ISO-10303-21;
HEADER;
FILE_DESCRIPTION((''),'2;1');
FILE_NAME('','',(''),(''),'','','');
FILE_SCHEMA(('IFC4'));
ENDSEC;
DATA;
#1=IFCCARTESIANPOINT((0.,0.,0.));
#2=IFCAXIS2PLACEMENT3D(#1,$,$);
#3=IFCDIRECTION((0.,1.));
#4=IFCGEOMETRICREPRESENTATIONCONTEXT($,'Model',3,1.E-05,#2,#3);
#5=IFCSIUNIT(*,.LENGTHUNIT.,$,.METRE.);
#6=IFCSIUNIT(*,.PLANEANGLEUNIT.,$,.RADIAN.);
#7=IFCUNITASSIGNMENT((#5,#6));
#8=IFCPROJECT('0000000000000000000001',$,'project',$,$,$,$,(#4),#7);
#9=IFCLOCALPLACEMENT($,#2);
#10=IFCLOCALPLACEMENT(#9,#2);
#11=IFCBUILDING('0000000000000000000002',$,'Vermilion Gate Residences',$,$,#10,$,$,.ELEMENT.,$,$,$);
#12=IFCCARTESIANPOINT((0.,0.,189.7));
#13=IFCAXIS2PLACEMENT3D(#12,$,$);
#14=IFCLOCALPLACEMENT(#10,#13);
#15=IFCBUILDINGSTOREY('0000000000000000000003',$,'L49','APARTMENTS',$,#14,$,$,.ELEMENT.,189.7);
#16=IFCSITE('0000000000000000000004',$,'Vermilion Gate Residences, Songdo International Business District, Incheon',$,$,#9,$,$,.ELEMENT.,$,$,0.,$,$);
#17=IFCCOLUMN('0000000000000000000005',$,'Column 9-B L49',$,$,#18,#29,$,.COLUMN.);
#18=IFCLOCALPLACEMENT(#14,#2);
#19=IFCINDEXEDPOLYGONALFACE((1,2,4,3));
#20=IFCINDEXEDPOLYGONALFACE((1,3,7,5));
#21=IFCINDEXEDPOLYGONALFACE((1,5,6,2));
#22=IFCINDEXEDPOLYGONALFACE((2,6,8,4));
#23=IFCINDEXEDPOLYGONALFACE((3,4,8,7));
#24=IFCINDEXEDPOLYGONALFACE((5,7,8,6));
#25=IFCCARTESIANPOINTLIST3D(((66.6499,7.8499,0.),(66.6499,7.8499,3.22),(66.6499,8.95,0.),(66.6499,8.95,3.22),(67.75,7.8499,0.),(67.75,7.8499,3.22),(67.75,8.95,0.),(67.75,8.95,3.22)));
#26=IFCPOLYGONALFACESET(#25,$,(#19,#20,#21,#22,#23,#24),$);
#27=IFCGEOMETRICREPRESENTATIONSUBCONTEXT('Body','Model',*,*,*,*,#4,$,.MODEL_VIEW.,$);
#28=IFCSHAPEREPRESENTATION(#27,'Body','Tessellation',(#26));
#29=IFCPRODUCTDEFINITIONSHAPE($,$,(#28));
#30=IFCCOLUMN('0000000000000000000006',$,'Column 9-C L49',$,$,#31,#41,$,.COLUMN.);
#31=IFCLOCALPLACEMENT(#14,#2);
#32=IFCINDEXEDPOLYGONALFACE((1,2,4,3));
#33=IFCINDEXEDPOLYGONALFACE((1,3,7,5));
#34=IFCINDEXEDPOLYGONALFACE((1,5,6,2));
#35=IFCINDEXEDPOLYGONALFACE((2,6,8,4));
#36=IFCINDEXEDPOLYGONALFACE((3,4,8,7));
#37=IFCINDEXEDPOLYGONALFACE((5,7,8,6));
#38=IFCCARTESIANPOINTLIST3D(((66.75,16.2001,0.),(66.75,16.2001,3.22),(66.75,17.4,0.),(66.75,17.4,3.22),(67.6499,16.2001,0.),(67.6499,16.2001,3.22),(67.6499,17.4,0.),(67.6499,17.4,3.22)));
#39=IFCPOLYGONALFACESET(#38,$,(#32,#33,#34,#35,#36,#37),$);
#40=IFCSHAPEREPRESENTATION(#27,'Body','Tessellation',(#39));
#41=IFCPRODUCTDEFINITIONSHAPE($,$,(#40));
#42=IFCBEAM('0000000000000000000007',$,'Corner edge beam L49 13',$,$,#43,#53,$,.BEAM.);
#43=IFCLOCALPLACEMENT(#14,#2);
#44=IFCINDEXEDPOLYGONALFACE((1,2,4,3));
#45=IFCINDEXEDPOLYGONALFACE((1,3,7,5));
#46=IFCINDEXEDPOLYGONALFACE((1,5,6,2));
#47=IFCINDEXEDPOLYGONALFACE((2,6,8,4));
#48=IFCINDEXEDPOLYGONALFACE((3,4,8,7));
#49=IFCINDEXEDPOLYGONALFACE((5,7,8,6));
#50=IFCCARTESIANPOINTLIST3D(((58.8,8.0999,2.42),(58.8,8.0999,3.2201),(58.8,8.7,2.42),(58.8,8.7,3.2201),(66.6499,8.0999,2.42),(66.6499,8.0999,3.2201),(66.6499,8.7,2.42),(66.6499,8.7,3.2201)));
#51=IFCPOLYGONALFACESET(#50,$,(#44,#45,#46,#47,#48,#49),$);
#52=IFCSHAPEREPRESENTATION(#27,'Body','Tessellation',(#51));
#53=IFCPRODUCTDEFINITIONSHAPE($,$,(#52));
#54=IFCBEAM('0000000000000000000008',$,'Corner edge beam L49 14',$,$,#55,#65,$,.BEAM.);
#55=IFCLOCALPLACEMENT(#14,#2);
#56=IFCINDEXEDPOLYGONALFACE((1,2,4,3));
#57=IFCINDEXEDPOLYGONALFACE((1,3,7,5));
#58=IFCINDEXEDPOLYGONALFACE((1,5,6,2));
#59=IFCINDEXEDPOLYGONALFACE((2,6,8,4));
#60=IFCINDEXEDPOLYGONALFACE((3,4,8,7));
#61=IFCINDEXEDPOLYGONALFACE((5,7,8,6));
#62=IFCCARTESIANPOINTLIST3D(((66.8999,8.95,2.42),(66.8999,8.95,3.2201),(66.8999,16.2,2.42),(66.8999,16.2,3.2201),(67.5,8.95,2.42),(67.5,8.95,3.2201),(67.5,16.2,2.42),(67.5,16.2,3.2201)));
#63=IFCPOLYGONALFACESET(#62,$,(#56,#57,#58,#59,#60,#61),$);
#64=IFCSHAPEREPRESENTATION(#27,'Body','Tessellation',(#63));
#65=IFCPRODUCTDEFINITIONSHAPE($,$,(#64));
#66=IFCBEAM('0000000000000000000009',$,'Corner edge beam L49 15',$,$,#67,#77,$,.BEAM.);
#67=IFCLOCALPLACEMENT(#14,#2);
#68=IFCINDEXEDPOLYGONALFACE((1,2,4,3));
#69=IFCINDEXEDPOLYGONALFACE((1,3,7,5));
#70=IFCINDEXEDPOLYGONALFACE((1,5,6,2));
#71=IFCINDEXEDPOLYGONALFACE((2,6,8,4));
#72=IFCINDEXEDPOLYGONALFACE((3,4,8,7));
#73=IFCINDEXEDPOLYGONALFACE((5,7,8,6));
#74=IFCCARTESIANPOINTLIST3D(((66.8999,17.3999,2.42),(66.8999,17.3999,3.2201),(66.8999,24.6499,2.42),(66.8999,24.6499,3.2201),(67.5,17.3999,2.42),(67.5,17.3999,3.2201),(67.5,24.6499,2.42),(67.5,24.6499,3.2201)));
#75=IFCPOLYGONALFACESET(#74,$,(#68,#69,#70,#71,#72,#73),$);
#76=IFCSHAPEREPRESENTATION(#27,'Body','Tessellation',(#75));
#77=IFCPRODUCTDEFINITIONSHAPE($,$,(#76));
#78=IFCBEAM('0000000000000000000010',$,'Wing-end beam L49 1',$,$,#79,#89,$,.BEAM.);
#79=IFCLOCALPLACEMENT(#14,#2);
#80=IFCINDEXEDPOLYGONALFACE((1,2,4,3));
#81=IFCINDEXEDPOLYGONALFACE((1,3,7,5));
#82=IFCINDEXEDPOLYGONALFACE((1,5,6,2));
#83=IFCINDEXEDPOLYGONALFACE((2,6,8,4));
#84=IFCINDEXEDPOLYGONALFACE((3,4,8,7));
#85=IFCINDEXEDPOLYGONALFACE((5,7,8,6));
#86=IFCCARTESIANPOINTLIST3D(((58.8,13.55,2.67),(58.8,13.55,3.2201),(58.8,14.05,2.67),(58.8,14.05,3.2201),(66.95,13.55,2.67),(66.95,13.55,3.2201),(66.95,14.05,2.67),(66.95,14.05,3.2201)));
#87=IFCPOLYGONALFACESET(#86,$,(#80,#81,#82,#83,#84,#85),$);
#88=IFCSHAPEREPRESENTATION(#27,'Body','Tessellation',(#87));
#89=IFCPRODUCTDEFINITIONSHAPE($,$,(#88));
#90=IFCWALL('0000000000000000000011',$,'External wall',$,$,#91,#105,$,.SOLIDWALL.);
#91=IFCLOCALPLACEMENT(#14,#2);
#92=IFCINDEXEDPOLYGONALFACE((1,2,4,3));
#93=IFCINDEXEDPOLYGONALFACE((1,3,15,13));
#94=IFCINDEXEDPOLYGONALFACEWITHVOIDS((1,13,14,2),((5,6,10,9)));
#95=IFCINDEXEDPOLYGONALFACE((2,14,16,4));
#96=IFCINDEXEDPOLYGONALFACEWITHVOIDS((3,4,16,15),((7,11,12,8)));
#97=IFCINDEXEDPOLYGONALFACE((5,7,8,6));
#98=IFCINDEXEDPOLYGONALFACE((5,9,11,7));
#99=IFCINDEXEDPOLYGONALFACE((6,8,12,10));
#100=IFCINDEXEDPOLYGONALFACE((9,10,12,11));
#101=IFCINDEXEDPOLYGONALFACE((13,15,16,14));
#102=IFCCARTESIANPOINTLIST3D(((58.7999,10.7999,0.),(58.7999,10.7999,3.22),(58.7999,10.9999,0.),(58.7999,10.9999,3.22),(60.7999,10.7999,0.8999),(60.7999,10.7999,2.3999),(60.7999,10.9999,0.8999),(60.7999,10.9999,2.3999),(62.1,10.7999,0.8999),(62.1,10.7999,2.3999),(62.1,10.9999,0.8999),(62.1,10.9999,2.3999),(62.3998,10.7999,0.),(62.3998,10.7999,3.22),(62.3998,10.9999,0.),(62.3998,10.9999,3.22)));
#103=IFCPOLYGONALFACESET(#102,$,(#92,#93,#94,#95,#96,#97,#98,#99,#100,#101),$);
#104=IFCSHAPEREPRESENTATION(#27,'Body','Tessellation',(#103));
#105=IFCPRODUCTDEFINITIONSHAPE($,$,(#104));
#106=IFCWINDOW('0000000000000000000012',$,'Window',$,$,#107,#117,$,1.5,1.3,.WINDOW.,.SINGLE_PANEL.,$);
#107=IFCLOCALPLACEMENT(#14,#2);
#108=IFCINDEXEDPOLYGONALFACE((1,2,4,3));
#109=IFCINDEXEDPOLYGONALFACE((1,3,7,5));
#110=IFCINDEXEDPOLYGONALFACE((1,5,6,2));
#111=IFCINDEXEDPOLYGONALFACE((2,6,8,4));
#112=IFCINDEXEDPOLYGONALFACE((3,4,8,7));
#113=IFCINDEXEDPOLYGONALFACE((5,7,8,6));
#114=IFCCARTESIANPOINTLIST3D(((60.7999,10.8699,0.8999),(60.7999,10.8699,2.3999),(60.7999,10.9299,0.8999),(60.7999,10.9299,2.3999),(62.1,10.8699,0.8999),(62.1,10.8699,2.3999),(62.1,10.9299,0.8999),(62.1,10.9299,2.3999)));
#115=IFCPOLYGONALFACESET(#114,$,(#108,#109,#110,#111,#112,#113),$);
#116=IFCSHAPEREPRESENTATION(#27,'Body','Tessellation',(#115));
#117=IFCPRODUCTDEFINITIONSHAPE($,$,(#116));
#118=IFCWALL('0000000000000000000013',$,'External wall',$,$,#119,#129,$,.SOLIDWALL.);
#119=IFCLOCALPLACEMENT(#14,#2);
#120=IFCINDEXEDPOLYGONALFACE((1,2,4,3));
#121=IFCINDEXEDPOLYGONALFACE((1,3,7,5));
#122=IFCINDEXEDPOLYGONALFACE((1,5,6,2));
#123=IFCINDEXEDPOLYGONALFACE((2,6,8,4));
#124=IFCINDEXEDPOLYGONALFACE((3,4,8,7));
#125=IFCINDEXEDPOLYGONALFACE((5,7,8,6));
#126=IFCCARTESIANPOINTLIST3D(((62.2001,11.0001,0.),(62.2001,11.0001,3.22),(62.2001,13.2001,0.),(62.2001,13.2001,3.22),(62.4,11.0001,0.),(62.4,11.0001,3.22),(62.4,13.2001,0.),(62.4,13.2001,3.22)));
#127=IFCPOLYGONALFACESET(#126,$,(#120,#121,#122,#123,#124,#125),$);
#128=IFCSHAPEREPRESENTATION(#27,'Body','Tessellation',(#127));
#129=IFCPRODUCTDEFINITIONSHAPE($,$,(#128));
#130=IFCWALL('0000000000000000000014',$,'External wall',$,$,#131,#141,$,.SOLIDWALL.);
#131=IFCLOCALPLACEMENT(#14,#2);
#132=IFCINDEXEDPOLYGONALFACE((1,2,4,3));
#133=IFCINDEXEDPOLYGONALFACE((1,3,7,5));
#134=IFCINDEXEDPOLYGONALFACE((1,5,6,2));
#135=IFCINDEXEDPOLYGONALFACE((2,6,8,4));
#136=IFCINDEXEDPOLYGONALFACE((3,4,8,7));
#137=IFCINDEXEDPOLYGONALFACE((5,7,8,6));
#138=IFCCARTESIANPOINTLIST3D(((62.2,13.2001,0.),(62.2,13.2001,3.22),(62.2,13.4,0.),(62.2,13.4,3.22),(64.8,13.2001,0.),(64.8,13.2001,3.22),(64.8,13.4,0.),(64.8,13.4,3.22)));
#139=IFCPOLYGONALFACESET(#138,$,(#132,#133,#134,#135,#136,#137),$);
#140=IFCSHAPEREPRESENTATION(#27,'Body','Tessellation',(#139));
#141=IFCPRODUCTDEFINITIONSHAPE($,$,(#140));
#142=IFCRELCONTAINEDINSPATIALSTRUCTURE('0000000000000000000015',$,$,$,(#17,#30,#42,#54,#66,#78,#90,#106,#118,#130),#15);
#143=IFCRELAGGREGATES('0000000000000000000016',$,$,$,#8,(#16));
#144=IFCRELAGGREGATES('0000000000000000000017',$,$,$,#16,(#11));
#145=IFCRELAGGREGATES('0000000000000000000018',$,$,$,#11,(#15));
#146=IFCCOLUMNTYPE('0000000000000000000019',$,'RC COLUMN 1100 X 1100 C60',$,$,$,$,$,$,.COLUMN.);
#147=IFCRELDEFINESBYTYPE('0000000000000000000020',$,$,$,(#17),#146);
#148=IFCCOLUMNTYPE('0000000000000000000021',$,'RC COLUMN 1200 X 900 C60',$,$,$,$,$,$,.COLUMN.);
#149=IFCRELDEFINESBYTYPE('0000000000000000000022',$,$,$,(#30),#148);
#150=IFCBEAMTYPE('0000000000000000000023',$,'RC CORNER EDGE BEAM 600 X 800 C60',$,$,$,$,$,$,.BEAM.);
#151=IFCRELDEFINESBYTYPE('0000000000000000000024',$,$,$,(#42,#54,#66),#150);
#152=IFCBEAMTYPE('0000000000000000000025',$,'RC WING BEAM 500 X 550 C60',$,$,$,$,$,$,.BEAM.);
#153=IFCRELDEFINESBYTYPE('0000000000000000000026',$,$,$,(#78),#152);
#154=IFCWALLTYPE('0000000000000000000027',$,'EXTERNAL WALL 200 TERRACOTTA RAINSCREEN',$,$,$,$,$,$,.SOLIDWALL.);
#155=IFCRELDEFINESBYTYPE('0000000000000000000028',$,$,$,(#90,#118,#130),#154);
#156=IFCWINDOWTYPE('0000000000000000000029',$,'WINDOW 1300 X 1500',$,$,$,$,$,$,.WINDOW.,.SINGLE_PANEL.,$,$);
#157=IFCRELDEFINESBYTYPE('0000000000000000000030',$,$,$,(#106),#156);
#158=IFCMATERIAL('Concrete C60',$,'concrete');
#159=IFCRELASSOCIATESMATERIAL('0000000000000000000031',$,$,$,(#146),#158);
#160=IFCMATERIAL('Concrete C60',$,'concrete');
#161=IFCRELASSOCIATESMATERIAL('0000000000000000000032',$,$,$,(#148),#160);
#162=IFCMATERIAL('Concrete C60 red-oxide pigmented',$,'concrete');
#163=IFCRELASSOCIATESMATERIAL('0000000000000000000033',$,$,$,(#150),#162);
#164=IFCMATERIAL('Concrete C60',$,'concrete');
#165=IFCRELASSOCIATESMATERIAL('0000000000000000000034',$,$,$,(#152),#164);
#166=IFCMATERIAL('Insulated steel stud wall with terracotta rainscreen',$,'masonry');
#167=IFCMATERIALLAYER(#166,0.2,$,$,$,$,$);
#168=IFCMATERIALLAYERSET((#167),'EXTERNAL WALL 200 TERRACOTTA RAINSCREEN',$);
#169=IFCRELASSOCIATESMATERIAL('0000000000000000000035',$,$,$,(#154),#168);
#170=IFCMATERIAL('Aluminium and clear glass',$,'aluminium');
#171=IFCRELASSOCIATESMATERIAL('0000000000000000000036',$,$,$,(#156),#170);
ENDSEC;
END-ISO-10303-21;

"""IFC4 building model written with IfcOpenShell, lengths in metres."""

from ifc_helpers import new_model, si_unit, direction, frame, frame_2d, origin, origin_2d, place, context, subcontext, project, spatial, rectangle, extrude, material, layer, layer_set, material_profile, profile_set, type_object, element, fill, save


model = new_model("IFC4")

# Units and contexts
model_context = context("Model", 3, precision=1e-05, world=origin(), true_north=direction((0.0, 1.0)))
body_context = subcontext(model_context, "Body", "Model", "MODEL_VIEW")
ifc_project = project(units=[si_unit("LENGTHUNIT", "METRE"), si_unit("PLANEANGLEUNIT", "RADIAN")], contexts=[model_context])

# Site, building, storey
site_placement = place(None, origin())
site = spatial("IfcSite", under=ifc_project, at=site_placement, Name="Vermilion Gate Residences, Songdo International Business District, Incheon", CompositionType="ELEMENT", RefElevation=0.0)
building_placement = place(site_placement, origin())
building = spatial("IfcBuilding", under=site, at=building_placement, Name="Vermilion Gate Residences", CompositionType="ELEMENT")
storey_placement = place(building_placement, frame((0.0, 0.0, 189.7)))
storey = spatial("IfcBuildingStorey", under=building, at=storey_placement, Name="L49", Description="APARTMENTS", CompositionType="ELEMENT", Elevation=189.7)

# Columns
ifc_material_1 = material(Name="Concrete C60", Category="concrete")
ifc_material_profile_1 = material_profile(ifc_material_1, rectangle(XDim=1.1001, YDim=1.1001, at=origin_2d()), Name="RC-1100x1100")
ifc_profile_set_1 = profile_set([ifc_material_profile_1], Name="Concrete C60")
column_type_1 = type_object("IfcColumnType", Name="RC COLUMN 1100 X 1100 C60", PredefinedType="COLUMN", material=ifc_profile_set_1)
column_1_placement = place(storey_placement, frame((67.2, 8.3999, 0.0), z_axis=(0.0, 0.0, 1.0), x_axis=(1.0, 0.0, 0.0)))
element("IfcColumn", 1, at=column_1_placement, inside=storey, type_object=column_type_1, Name="Column 9-B L49", PredefinedType="COLUMN", context=body_context, shape_type="SweptSolid", body=[
    extrude(rectangle(XDim=1.1001, YDim=1.1001, at=origin_2d()), origin(), (0.0, 0.0, 1.0), 3.22),
])
ifc_material_2 = material(Name="Concrete C60", Category="concrete")
ifc_material_profile_2 = material_profile(ifc_material_2, rectangle(XDim=1.2, YDim=0.8999, at=origin_2d()), Name="RC-1200x900")
ifc_profile_set_2 = profile_set([ifc_material_profile_2], Name="Concrete C60")
column_type_2 = type_object("IfcColumnType", Name="RC COLUMN 1200 X 900 C60", PredefinedType="COLUMN", material=ifc_profile_set_2)
column_2_placement = place(storey_placement, frame((67.2, 16.8, 0.0), z_axis=(0.0, 0.0, 1.0), x_axis=(0.0, 1.0, 0.0)))
element("IfcColumn", 2, at=column_2_placement, inside=storey, type_object=column_type_2, Name="Column 9-C L49", PredefinedType="COLUMN", context=body_context, shape_type="SweptSolid", body=[
    extrude(rectangle(XDim=1.2, YDim=0.8999, at=origin_2d()), origin(), (0.0, 0.0, 1.0), 3.22),
])

# Beams
ifc_material_3 = material(Name="Concrete C60 red-oxide pigmented", Category="concrete")
ifc_material_profile_3 = material_profile(ifc_material_3, rectangle(XDim=0.6001, YDim=0.8, at=origin_2d()), Name="RC-600x800")
ifc_profile_set_3 = profile_set([ifc_material_profile_3], Name="Concrete C60 red-oxide pigmented")
beam_type_1 = type_object("IfcBeamType", Name="RC CORNER EDGE BEAM 600 X 800 C60", PredefinedType="BEAM", material=ifc_profile_set_3)
beam_1_placement = place(storey_placement, frame((58.8, 8.3999, 2.8201), z_axis=(1.0, 0.0, 0.0), x_axis=(0.0, 1.0, 0.0)))
element("IfcBeam", 3, at=beam_1_placement, inside=storey, type_object=beam_type_1, Name="Corner edge beam L49 13", PredefinedType="BEAM", context=body_context, shape_type="SweptSolid", body=[
    extrude(rectangle(XDim=0.6001, YDim=0.8, at=origin_2d()), origin(), (0.0, 0.0, 1.0), 7.8499),
])
for number, where, z_axis, x_axis, name in (
    (4, (67.2, 8.95, 2.8201), (0.0, 1.0, 0.0), (-1.0, 0.0, 0.0), "Corner edge beam L49 14"),
    (5, (67.2, 17.3999, 2.8201), (0.0, 1.0, 0.0), (-1.0, 0.0, 0.0), "Corner edge beam L49 15"),
):
    element("IfcBeam", number, at=place(storey_placement, frame(where, z_axis=z_axis, x_axis=x_axis)), inside=storey, type_object=beam_type_1, Name=name, PredefinedType="BEAM", context=body_context, shape_type="SweptSolid", body=[
        extrude(rectangle(XDim=0.6001, YDim=0.8, at=origin_2d()), origin(), (0.0, 0.0, 1.0), 7.25),
    ])
ifc_material_4 = material(Name="Concrete C60", Category="concrete")
ifc_material_profile_4 = material_profile(ifc_material_4, rectangle(XDim=0.5, YDim=0.55, at=origin_2d()), Name="RC-500x550")
ifc_profile_set_4 = profile_set([ifc_material_profile_4], Name="Concrete C60")
beam_type_2 = type_object("IfcBeamType", Name="RC WING BEAM 500 X 550 C60", PredefinedType="BEAM", material=ifc_profile_set_4)
beam_2_placement = place(storey_placement, frame((58.8, 13.8, 2.9451), z_axis=(1.0, 0.0, 0.0), x_axis=(0.0, 1.0, 0.0)))
element("IfcBeam", 6, at=beam_2_placement, inside=storey, type_object=beam_type_2, Name="Wing-end beam L49 1", PredefinedType="BEAM", context=body_context, shape_type="SweptSolid", body=[
    extrude(rectangle(XDim=0.5, YDim=0.55, at=origin_2d()), origin(), (0.0, 0.0, 1.0), 8.1499),
])

# Wall, opening, window
ifc_material_5 = material(Name="Insulated steel stud wall with terracotta rainscreen", Category="masonry")
ifc_layer_1 = layer(ifc_material_5, 0.2)
ifc_layer_set_1 = layer_set([ifc_layer_1], Name="EXTERNAL WALL 200 TERRACOTTA RAINSCREEN")
wall_type_1 = type_object("IfcWallType", Name="EXTERNAL WALL 200 TERRACOTTA RAINSCREEN", PredefinedType="SOLIDWALL", material=ifc_layer_set_1)
wall_1_placement = place(storey_placement, frame((58.8, 10.8999, 0.0), z_axis=(0.0, 0.0, 1.0), x_axis=(1.0, 0.0, 0.0)))
wall_1 = element("IfcWall", 7, at=wall_1_placement, inside=storey, type_object=wall_type_1, Name="External wall", PredefinedType="SOLIDWALL", context=body_context, shape_type="SweptSolid", body=[
    extrude(rectangle(XDim=3.5999, YDim=0.2, at=frame_2d((1.7998, 0.0))), origin(), (0.0, 0.0, 1.0), 3.22),
])
opening_1_placement = place(wall_1_placement, frame((2.0, 0.0, 0.8999)))
opening_1 = element("IfcOpeningElement", 8, at=opening_1_placement, cuts=wall_1, PredefinedType="OPENING", context=body_context, shape_type="SweptSolid", body=[
    extrude(rectangle(XDim=1.3, YDim=1.5, at=frame_2d((0.6499, 0.75))), frame((0.0, 0.1099, 0.0), z_axis=(0.0, -1.0, 0.0), x_axis=(1.0, 0.0, 0.0)), (0.0, 0.0, 1.0), 0.22),
])
ifc_material_6 = material(Name="Aluminium and clear glass", Category="aluminium")
window_type_1 = type_object("IfcWindowType", Name="WINDOW 1300 X 1500", PartitioningType="SINGLE_PANEL", PredefinedType="WINDOW", material=ifc_material_6)
window_1_placement = place(opening_1_placement, origin())
window_1 = element("IfcWindow", 9, at=window_1_placement, inside=storey, type_object=window_type_1, Name="Window", OverallHeight=1.5, OverallWidth=1.3, PartitioningType="SINGLE_PANEL", PredefinedType="WINDOW", context=body_context, shape_type="SweptSolid", body=[
    extrude(rectangle(XDim=1.3, YDim=1.5, at=frame_2d((0.6499, 0.75))), frame((0.0, 0.03, 0.0), z_axis=(0.0, -1.0, 0.0), x_axis=(1.0, 0.0, 0.0)), (0.0, 0.0, 1.0), 0.0601),
])
fill(opening_1, window_1)

# Walls
wall_2_placement = place(storey_placement, frame((62.3, 11.0, 0.0), z_axis=(0.0, 0.0, 1.0), x_axis=(0.0, 1.0, 0.0)))
element("IfcWall", 10, at=wall_2_placement, inside=storey, type_object=wall_type_1, Name="External wall", PredefinedType="SOLIDWALL", context=body_context, shape_type="SweptSolid", body=[
    extrude(rectangle(XDim=2.2, YDim=0.2, at=frame_2d((1.1001, 0.0))), origin(), (0.0, 0.0, 1.0), 3.22),
])
wall_3_placement = place(storey_placement, frame((62.2, 13.3, 0.0), z_axis=(0.0, 0.0, 1.0), x_axis=(1.0, 0.0, 0.0)))
element("IfcWall", 11, at=wall_3_placement, inside=storey, type_object=wall_type_1, Name="External wall", PredefinedType="SOLIDWALL", context=body_context, shape_type="SweptSolid", body=[
    extrude(rectangle(XDim=2.6001, YDim=0.2, at=frame_2d((1.3, 0.0))), origin(), (0.0, 0.0, 1.0), 3.22),
])

save(model, "model.ifc")
